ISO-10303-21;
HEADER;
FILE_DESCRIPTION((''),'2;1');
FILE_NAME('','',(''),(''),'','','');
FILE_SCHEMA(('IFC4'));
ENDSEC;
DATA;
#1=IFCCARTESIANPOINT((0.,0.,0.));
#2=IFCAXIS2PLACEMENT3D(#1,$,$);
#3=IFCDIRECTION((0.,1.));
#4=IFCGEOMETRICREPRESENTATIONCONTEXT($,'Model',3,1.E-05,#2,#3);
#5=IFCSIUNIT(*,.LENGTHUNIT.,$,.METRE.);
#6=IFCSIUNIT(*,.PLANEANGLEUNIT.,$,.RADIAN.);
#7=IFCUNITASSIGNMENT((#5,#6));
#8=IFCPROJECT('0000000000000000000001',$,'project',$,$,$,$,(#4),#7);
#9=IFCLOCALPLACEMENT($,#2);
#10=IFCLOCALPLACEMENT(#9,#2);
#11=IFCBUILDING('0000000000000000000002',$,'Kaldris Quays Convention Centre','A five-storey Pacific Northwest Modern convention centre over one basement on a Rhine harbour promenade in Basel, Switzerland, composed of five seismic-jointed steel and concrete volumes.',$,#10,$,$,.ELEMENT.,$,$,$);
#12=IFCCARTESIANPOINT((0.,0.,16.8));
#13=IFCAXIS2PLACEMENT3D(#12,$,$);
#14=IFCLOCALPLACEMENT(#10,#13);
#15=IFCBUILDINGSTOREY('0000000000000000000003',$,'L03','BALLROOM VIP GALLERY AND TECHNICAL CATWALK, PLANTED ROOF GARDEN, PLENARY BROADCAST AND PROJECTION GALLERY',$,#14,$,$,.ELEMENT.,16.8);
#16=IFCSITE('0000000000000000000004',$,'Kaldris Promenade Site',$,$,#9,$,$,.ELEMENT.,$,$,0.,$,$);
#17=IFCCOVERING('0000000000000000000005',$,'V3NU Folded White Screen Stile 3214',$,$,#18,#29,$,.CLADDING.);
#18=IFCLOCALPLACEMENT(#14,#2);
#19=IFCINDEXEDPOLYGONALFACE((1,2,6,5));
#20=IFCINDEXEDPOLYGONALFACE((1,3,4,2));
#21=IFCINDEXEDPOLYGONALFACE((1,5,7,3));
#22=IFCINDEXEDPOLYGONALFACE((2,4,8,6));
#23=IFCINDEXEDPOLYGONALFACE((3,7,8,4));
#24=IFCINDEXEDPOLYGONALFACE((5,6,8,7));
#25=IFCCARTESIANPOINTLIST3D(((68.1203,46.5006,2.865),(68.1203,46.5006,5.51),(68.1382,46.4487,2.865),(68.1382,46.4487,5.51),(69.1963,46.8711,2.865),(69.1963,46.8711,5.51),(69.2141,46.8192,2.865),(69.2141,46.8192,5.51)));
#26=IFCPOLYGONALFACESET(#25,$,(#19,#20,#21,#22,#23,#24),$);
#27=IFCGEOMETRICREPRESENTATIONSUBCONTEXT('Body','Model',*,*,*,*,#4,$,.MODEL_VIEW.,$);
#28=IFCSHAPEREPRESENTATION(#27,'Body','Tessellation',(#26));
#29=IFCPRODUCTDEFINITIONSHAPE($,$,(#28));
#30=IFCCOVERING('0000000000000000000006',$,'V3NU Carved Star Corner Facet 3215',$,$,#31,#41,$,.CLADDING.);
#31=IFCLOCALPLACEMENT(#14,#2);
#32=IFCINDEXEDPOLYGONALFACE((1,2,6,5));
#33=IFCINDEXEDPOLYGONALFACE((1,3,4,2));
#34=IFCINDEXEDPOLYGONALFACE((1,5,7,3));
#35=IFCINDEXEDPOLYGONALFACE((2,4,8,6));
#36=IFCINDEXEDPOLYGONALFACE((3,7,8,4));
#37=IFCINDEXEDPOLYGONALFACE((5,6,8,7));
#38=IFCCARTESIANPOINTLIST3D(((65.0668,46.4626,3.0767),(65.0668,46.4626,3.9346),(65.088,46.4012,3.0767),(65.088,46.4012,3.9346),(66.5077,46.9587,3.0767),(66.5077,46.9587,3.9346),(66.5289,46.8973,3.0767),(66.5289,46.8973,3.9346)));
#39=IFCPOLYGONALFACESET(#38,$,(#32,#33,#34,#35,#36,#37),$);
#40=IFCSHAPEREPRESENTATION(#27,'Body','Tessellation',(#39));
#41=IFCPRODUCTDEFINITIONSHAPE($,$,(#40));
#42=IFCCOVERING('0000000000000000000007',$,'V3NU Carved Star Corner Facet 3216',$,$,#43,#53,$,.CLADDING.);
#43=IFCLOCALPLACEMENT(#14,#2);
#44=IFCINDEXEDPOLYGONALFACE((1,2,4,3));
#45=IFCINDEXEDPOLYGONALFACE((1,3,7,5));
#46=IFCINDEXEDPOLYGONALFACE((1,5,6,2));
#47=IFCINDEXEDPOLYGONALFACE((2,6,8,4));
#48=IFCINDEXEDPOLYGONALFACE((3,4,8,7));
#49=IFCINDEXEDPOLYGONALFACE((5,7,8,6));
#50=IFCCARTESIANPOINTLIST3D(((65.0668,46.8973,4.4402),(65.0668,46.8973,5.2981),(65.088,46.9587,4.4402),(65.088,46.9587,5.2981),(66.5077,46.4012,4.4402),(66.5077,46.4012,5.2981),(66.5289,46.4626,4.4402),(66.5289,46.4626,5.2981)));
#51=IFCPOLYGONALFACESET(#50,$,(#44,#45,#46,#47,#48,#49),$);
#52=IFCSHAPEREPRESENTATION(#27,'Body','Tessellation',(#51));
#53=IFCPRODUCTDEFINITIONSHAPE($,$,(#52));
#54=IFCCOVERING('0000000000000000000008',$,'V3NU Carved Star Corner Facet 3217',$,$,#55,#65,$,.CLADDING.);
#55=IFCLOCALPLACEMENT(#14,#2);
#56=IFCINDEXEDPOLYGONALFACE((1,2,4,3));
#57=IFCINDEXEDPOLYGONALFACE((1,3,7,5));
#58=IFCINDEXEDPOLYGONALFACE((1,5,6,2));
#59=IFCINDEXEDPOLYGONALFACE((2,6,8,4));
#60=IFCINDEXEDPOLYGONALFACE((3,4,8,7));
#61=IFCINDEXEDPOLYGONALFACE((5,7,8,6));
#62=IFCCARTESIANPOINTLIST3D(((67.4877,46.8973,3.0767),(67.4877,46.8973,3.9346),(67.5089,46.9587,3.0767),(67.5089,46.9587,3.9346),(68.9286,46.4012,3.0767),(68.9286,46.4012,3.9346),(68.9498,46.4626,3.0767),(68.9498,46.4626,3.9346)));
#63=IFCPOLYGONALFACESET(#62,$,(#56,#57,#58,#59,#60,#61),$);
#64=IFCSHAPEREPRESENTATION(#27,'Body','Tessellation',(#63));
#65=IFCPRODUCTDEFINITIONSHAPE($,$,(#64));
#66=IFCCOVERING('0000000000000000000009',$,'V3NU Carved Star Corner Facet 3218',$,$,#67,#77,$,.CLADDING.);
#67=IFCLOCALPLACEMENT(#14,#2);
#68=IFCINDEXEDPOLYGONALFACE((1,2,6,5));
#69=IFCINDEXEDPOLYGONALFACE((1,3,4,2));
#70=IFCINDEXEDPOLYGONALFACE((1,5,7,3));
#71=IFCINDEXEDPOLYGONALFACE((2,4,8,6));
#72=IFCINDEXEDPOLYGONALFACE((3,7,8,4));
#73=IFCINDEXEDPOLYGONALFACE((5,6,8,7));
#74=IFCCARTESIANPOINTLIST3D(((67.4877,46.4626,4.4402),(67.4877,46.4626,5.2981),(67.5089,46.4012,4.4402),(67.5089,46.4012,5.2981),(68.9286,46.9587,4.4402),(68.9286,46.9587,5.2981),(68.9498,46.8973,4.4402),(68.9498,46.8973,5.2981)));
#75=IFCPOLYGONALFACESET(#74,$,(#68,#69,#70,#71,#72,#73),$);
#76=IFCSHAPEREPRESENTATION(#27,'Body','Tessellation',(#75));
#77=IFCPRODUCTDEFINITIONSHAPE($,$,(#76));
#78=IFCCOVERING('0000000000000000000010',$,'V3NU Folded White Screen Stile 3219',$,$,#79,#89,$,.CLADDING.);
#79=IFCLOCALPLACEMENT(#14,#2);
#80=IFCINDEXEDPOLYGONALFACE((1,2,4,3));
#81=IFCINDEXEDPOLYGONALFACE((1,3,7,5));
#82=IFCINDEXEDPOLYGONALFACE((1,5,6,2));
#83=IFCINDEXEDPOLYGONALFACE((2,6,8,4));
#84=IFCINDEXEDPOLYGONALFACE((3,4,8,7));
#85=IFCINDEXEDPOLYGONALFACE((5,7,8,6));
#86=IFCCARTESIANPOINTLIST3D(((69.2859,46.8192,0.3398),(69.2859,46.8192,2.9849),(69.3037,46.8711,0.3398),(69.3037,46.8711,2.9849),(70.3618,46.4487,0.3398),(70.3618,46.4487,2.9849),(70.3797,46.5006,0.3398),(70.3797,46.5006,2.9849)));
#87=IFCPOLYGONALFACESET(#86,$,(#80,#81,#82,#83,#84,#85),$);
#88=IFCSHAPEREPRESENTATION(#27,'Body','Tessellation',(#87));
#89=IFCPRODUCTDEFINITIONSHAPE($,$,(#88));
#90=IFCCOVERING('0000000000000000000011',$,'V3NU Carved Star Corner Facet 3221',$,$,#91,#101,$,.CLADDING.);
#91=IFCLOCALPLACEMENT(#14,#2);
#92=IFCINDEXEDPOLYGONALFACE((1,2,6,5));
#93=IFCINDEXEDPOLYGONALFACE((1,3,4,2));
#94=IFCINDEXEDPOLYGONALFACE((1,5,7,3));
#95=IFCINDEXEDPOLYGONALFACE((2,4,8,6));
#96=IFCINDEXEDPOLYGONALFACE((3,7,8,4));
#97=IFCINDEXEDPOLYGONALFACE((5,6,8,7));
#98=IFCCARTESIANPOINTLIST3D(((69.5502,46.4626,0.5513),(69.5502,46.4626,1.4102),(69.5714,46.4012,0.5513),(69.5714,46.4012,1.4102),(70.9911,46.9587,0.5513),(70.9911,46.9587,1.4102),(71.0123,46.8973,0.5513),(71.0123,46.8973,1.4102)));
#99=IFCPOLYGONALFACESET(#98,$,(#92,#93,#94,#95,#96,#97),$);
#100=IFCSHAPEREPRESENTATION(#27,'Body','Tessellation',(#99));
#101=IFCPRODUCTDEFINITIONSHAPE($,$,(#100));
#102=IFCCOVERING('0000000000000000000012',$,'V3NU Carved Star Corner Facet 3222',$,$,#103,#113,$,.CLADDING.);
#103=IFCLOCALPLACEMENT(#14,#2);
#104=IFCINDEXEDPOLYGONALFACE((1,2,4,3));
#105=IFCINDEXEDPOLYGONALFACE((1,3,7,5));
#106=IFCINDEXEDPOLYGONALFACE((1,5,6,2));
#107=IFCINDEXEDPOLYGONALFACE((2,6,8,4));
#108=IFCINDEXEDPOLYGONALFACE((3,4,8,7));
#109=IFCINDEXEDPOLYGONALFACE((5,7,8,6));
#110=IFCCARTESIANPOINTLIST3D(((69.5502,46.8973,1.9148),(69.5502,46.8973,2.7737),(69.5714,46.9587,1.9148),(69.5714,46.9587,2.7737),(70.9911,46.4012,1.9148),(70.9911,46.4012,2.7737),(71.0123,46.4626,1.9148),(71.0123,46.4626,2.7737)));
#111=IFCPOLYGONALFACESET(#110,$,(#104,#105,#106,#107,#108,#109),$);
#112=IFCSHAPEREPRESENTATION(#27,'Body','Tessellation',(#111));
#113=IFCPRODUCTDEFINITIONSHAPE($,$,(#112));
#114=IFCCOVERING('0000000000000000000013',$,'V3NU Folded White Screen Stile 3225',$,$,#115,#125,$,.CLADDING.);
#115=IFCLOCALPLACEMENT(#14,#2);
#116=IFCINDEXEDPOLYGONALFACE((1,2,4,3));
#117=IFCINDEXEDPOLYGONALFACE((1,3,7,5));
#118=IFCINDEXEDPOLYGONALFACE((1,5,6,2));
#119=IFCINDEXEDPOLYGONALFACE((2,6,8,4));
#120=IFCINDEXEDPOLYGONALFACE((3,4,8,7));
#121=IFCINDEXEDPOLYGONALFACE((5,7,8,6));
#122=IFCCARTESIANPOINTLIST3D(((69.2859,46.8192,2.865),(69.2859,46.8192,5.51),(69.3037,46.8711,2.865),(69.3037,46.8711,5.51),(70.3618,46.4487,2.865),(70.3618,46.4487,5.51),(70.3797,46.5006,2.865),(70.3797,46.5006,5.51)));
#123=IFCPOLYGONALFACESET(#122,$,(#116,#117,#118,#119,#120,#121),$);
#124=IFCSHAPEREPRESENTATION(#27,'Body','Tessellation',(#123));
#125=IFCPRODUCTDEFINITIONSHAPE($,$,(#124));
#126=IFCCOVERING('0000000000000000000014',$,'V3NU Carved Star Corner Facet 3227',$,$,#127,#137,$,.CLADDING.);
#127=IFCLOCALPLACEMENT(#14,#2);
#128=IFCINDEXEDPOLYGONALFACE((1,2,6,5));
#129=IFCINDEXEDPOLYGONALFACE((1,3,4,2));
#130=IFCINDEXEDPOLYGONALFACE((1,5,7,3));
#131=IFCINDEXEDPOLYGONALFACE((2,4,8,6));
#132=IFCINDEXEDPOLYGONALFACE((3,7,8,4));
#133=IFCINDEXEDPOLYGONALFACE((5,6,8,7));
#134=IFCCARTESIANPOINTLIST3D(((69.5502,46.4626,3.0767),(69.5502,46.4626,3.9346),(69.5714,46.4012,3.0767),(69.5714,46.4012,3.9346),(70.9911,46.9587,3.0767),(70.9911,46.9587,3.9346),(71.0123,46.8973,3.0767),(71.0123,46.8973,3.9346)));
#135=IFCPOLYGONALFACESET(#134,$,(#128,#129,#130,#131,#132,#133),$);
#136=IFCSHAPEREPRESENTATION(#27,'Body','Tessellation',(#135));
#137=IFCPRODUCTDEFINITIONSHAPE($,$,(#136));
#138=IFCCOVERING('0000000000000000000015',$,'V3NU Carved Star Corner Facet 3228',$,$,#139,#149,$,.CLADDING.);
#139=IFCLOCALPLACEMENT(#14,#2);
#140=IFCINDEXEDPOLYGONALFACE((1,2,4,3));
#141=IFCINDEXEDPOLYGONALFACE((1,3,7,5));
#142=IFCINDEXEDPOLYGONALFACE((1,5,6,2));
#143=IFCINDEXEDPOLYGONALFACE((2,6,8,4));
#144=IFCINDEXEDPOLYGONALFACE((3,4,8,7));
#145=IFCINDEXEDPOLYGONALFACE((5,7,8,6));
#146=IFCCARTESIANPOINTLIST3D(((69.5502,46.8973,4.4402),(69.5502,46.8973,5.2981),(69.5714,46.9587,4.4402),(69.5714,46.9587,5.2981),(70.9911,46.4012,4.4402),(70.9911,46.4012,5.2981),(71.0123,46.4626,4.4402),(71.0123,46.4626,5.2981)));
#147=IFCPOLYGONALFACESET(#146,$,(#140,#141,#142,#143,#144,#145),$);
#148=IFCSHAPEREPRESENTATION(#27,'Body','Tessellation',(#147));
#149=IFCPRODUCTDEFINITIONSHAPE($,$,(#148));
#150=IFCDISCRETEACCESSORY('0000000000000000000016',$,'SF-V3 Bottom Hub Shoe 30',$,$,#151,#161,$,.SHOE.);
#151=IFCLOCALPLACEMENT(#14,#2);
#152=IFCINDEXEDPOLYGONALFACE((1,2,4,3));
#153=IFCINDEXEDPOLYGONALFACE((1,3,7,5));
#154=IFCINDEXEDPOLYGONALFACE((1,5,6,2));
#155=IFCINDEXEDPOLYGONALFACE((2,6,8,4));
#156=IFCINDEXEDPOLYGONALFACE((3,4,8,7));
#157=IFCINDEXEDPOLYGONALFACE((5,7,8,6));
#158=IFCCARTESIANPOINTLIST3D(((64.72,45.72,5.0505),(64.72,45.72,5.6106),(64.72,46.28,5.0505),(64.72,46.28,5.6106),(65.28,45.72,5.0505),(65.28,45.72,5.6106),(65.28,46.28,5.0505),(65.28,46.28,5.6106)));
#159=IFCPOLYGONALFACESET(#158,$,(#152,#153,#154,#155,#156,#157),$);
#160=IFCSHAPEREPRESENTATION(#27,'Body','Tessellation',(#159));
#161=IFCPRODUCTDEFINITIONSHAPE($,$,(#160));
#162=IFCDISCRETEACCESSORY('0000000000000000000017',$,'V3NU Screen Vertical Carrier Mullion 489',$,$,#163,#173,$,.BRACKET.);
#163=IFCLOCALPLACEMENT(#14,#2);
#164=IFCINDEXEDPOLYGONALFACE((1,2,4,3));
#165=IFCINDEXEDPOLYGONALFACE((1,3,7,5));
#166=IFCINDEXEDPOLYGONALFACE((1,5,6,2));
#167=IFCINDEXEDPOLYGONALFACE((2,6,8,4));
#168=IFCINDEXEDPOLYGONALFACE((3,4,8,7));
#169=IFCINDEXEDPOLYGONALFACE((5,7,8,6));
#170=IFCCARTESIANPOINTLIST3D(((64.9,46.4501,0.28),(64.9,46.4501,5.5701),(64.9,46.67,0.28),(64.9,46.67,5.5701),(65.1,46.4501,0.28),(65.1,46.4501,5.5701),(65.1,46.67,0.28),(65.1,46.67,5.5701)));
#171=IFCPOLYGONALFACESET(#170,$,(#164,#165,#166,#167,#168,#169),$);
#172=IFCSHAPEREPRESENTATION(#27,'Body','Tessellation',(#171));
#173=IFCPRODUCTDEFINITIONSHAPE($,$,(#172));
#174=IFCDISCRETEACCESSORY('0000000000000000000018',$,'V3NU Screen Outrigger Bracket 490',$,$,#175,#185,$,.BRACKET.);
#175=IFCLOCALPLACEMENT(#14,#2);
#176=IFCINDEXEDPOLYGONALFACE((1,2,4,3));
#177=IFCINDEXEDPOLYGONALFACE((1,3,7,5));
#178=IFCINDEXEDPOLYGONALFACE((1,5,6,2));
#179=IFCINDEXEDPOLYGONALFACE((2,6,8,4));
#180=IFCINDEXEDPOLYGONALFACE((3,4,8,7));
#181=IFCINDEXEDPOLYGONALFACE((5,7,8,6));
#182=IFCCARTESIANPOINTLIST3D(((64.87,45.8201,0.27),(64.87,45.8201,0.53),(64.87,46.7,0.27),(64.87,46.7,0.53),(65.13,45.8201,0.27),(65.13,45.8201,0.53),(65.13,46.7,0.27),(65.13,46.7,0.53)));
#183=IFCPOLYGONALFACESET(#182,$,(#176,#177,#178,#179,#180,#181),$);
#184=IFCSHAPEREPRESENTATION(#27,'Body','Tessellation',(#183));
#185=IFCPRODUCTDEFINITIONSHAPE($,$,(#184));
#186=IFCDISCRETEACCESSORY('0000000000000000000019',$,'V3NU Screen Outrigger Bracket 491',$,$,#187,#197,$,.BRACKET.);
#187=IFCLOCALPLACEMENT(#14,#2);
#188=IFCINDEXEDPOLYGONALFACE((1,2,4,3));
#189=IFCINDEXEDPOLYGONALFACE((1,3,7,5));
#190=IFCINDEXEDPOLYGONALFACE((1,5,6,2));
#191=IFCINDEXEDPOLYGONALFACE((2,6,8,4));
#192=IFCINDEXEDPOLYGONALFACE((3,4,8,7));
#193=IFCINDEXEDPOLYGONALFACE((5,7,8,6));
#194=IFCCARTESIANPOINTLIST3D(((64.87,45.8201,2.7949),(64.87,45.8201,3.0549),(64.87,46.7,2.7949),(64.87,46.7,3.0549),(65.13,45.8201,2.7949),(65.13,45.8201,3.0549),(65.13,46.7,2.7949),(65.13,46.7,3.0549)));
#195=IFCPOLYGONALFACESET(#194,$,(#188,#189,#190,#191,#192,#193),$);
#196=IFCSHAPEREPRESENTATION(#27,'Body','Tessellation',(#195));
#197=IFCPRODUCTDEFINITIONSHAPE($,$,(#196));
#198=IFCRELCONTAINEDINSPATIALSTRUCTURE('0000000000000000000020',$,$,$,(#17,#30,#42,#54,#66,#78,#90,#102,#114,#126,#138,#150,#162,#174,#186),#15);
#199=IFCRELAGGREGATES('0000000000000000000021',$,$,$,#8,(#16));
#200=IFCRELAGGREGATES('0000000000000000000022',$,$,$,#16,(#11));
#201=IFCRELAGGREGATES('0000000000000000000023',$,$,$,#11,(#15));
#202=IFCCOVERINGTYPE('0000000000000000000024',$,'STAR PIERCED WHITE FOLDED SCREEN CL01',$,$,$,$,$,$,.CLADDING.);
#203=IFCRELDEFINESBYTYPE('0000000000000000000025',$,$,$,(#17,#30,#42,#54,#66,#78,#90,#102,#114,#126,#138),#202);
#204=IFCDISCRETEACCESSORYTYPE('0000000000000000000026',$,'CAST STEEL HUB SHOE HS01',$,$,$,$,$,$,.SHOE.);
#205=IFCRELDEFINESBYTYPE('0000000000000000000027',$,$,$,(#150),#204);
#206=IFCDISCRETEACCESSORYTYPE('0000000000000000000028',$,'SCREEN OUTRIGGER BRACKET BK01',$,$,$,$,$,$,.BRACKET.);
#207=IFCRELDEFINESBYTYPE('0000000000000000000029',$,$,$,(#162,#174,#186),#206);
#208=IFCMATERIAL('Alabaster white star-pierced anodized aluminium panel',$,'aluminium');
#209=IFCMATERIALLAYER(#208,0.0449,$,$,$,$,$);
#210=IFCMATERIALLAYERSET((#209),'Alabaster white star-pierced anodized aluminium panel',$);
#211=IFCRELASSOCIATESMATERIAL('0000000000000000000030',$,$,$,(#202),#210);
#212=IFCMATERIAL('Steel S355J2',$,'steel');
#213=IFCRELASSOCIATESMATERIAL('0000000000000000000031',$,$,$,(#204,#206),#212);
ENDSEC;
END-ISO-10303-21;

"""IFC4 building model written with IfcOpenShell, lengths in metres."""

from ifc_helpers import new_model, si_unit, direction, frame, origin, origin_2d, place, context, subcontext, project, spatial, rectangle, extrude, material, layer, layer_set, type_object, element, save


model = new_model("IFC4")

# Units and contexts
model_context = context("Model", 3, precision=1e-05, world=origin(), true_north=direction((0.0, 1.0)))
body_context = subcontext(model_context, "Body", "Model", "MODEL_VIEW")
ifc_project = project(units=[si_unit("LENGTHUNIT", "METRE"), si_unit("PLANEANGLEUNIT", "RADIAN")], contexts=[model_context])

# Site, building, storey
site_placement = place(None, origin())
site = spatial("IfcSite", under=ifc_project, at=site_placement, Name="Kaldris Promenade Site", CompositionType="ELEMENT", RefElevation=0.0)
building_placement = place(site_placement, origin())
building = spatial("IfcBuilding", under=site, at=building_placement, Name="Kaldris Quays Convention Centre", Description="A five-storey Pacific Northwest Modern convention centre over one basement on a Rhine harbour promenade in Basel, Switzerland, composed of five seismic-jointed steel and concrete volumes.", CompositionType="ELEMENT")
storey_placement = place(building_placement, frame((0.0, 0.0, 16.8)))
storey = spatial("IfcBuildingStorey", under=building, at=storey_placement, Name="L03", Description="BALLROOM VIP GALLERY AND TECHNICAL CATWALK, PLANTED ROOF GARDEN, PLENARY BROADCAST AND PROJECTION GALLERY", CompositionType="ELEMENT", Elevation=16.8)

# Shared definitions
ifc_material_1 = material(Name="Steel S355J2", Category="steel")

# Coverings
ifc_material_2 = material(Name="Alabaster white star-pierced anodized aluminium panel", Category="aluminium")
ifc_layer_1 = layer(ifc_material_2, 0.0449)
ifc_layer_set_1 = layer_set([ifc_layer_1], Name="Alabaster white star-pierced anodized aluminium panel")
covering_type = type_object("IfcCoveringType", Name="STAR PIERCED WHITE FOLDED SCREEN CL01", PredefinedType="CLADDING", material=ifc_layer_set_1)
for number, where, z_axis, x_axis, name in (
    (1, (68.6672, 46.6599, 2.865), (0.0, 0.0, 1.0), (0.945519, 0.325568, 0.0), "V3NU Folded White Screen Stile 3214"),
):
    element("IfcCovering", number, at=place(storey_placement, frame(where, z_axis=z_axis, x_axis=x_axis)), inside=storey, type_object=covering_type, Name=name, PredefinedType="CLADDING", context=body_context, shape_type="SweptSolid", body=[
        extrude(rectangle(XDim=1.1379, YDim=0.0549, at=origin_2d()), origin(), (0.0, 0.0, 1.0), 2.645),
    ])
for number, where, z_axis, x_axis, name in (
    (2, (65.7979, 46.6799, 3.0767), (0.0, 0.0, 1.0), (0.945519, 0.325568, 0.0), "V3NU Carved Star Corner Facet 3215"),
    (3, (65.7979, 46.6799, 4.4402), (0.0, 0.0, 1.0), (0.945519, -0.325568, 0.0), "V3NU Carved Star Corner Facet 3216"),
    (4, (68.2188, 46.6799, 3.0767), (0.0, 0.0, 1.0), (0.945519, -0.325568, 0.0), "V3NU Carved Star Corner Facet 3217"),
    (5, (68.2188, 46.6799, 4.4402), (0.0, 0.0, 1.0), (0.945519, 0.325568, 0.0), "V3NU Carved Star Corner Facet 3218"),
):
    element("IfcCovering", number, at=place(storey_placement, frame(where, z_axis=z_axis, x_axis=x_axis)), inside=storey, type_object=covering_type, Name=name, PredefinedType="CLADDING", context=body_context, shape_type="SweptSolid", body=[
        extrude(rectangle(XDim=1.5239, YDim=0.0649, at=origin_2d()), origin(), (0.0, 0.0, 1.0), 0.8579),
    ])
covering_1_placement = place(storey_placement, frame((69.8328, 46.6599, 0.3398), z_axis=(0.0, 0.0, 1.0), x_axis=(0.945519, -0.325568, 0.0)))
element("IfcCovering", 6, at=covering_1_placement, inside=storey, type_object=covering_type, Name="V3NU Folded White Screen Stile 3219", PredefinedType="CLADDING", context=body_context, shape_type="SweptSolid", body=[
    extrude(rectangle(XDim=1.1379, YDim=0.0549, at=origin_2d()), origin(), (0.0, 0.0, 1.0), 2.645),
])
for number, where, z_axis, x_axis, name in (
    (7, (70.2812, 46.6799, 0.5513), (0.0, 0.0, 1.0), (0.945519, 0.325568, 0.0), "V3NU Carved Star Corner Facet 3221"),
    (8, (70.2812, 46.6799, 1.9148), (0.0, 0.0, 1.0), (0.945519, -0.325568, 0.0), "V3NU Carved Star Corner Facet 3222"),
):
    element("IfcCovering", number, at=place(storey_placement, frame(where, z_axis=z_axis, x_axis=x_axis)), inside=storey, type_object=covering_type, Name=name, PredefinedType="CLADDING", context=body_context, shape_type="SweptSolid", body=[
        extrude(rectangle(XDim=1.5239, YDim=0.0649, at=origin_2d()), origin(), (0.0, 0.0, 1.0), 0.8589),
    ])
covering_2_placement = place(storey_placement, frame((69.8328, 46.6599, 2.865), z_axis=(0.0, 0.0, 1.0), x_axis=(0.945519, -0.325568, 0.0)))
element("IfcCovering", 9, at=covering_2_placement, inside=storey, type_object=covering_type, Name="V3NU Folded White Screen Stile 3225", PredefinedType="CLADDING", context=body_context, shape_type="SweptSolid", body=[
    extrude(rectangle(XDim=1.1379, YDim=0.0549, at=origin_2d()), origin(), (0.0, 0.0, 1.0), 2.645),
])
for number, where, z_axis, x_axis, name in (
    (10, (70.2812, 46.6799, 3.0767), (0.0, 0.0, 1.0), (0.945519, 0.325568, 0.0), "V3NU Carved Star Corner Facet 3227"),
    (11, (70.2812, 46.6799, 4.4402), (0.0, 0.0, 1.0), (0.945519, -0.325568, 0.0), "V3NU Carved Star Corner Facet 3228"),
):
    element("IfcCovering", number, at=place(storey_placement, frame(where, z_axis=z_axis, x_axis=x_axis)), inside=storey, type_object=covering_type, Name=name, PredefinedType="CLADDING", context=body_context, shape_type="SweptSolid", body=[
        extrude(rectangle(XDim=1.5239, YDim=0.0649, at=origin_2d()), origin(), (0.0, 0.0, 1.0), 0.8579),
    ])

# Discrete accessories
discrete_accessory_type_1 = type_object("IfcDiscreteAccessoryType", Name="CAST STEEL HUB SHOE HS01", PredefinedType="SHOE", material=ifc_material_1)
discrete_accessory_1_placement = place(storey_placement, frame((65.0, 46.0, 5.0505), z_axis=(0.0, 0.0, 1.0), x_axis=(1.0, 0.0, 0.0)))
element("IfcDiscreteAccessory", 12, at=discrete_accessory_1_placement, inside=storey, type_object=discrete_accessory_type_1, Name="SF-V3 Bottom Hub Shoe 30", PredefinedType="SHOE", context=body_context, shape_type="SweptSolid", body=[
    extrude(rectangle(XDim=0.5601, YDim=0.5601, at=origin_2d()), origin(), (0.0, 0.0, 1.0), 0.5601),
])
discrete_accessory_type_2 = type_object("IfcDiscreteAccessoryType", Name="SCREEN OUTRIGGER BRACKET BK01", PredefinedType="BRACKET", material=ifc_material_1)
discrete_accessory_2_placement = place(storey_placement, frame((65.0, 46.5601, 0.28), z_axis=(0.0, 0.0, 1.0), x_axis=(1.0, 0.0, 0.0)))
element("IfcDiscreteAccessory", 13, at=discrete_accessory_2_placement, inside=storey, type_object=discrete_accessory_type_2, Name="V3NU Screen Vertical Carrier Mullion 489", PredefinedType="BRACKET", context=body_context, shape_type="SweptSolid", body=[
    extrude(rectangle(XDim=0.2, YDim=0.22, at=origin_2d()), origin(), (0.0, 0.0, 1.0), 5.29),
])
for number, where, z_axis, x_axis, name in (
    (14, (65.0, 46.26, 0.27), (0.0, 0.0, 1.0), (1.0, 0.0, 0.0), "V3NU Screen Outrigger Bracket 490"),
    (15, (65.0, 46.26, 2.7949), (0.0, 0.0, 1.0), (1.0, 0.0, 0.0), "V3NU Screen Outrigger Bracket 491"),
):
    element("IfcDiscreteAccessory", number, at=place(storey_placement, frame(where, z_axis=z_axis, x_axis=x_axis)), inside=storey, type_object=discrete_accessory_type_2, Name=name, PredefinedType="BRACKET", context=body_context, shape_type="SweptSolid", body=[
        extrude(rectangle(XDim=0.26, YDim=0.8799, at=origin_2d()), origin(), (0.0, 0.0, 1.0), 0.26),
    ])

save(model, "model.ifc")
